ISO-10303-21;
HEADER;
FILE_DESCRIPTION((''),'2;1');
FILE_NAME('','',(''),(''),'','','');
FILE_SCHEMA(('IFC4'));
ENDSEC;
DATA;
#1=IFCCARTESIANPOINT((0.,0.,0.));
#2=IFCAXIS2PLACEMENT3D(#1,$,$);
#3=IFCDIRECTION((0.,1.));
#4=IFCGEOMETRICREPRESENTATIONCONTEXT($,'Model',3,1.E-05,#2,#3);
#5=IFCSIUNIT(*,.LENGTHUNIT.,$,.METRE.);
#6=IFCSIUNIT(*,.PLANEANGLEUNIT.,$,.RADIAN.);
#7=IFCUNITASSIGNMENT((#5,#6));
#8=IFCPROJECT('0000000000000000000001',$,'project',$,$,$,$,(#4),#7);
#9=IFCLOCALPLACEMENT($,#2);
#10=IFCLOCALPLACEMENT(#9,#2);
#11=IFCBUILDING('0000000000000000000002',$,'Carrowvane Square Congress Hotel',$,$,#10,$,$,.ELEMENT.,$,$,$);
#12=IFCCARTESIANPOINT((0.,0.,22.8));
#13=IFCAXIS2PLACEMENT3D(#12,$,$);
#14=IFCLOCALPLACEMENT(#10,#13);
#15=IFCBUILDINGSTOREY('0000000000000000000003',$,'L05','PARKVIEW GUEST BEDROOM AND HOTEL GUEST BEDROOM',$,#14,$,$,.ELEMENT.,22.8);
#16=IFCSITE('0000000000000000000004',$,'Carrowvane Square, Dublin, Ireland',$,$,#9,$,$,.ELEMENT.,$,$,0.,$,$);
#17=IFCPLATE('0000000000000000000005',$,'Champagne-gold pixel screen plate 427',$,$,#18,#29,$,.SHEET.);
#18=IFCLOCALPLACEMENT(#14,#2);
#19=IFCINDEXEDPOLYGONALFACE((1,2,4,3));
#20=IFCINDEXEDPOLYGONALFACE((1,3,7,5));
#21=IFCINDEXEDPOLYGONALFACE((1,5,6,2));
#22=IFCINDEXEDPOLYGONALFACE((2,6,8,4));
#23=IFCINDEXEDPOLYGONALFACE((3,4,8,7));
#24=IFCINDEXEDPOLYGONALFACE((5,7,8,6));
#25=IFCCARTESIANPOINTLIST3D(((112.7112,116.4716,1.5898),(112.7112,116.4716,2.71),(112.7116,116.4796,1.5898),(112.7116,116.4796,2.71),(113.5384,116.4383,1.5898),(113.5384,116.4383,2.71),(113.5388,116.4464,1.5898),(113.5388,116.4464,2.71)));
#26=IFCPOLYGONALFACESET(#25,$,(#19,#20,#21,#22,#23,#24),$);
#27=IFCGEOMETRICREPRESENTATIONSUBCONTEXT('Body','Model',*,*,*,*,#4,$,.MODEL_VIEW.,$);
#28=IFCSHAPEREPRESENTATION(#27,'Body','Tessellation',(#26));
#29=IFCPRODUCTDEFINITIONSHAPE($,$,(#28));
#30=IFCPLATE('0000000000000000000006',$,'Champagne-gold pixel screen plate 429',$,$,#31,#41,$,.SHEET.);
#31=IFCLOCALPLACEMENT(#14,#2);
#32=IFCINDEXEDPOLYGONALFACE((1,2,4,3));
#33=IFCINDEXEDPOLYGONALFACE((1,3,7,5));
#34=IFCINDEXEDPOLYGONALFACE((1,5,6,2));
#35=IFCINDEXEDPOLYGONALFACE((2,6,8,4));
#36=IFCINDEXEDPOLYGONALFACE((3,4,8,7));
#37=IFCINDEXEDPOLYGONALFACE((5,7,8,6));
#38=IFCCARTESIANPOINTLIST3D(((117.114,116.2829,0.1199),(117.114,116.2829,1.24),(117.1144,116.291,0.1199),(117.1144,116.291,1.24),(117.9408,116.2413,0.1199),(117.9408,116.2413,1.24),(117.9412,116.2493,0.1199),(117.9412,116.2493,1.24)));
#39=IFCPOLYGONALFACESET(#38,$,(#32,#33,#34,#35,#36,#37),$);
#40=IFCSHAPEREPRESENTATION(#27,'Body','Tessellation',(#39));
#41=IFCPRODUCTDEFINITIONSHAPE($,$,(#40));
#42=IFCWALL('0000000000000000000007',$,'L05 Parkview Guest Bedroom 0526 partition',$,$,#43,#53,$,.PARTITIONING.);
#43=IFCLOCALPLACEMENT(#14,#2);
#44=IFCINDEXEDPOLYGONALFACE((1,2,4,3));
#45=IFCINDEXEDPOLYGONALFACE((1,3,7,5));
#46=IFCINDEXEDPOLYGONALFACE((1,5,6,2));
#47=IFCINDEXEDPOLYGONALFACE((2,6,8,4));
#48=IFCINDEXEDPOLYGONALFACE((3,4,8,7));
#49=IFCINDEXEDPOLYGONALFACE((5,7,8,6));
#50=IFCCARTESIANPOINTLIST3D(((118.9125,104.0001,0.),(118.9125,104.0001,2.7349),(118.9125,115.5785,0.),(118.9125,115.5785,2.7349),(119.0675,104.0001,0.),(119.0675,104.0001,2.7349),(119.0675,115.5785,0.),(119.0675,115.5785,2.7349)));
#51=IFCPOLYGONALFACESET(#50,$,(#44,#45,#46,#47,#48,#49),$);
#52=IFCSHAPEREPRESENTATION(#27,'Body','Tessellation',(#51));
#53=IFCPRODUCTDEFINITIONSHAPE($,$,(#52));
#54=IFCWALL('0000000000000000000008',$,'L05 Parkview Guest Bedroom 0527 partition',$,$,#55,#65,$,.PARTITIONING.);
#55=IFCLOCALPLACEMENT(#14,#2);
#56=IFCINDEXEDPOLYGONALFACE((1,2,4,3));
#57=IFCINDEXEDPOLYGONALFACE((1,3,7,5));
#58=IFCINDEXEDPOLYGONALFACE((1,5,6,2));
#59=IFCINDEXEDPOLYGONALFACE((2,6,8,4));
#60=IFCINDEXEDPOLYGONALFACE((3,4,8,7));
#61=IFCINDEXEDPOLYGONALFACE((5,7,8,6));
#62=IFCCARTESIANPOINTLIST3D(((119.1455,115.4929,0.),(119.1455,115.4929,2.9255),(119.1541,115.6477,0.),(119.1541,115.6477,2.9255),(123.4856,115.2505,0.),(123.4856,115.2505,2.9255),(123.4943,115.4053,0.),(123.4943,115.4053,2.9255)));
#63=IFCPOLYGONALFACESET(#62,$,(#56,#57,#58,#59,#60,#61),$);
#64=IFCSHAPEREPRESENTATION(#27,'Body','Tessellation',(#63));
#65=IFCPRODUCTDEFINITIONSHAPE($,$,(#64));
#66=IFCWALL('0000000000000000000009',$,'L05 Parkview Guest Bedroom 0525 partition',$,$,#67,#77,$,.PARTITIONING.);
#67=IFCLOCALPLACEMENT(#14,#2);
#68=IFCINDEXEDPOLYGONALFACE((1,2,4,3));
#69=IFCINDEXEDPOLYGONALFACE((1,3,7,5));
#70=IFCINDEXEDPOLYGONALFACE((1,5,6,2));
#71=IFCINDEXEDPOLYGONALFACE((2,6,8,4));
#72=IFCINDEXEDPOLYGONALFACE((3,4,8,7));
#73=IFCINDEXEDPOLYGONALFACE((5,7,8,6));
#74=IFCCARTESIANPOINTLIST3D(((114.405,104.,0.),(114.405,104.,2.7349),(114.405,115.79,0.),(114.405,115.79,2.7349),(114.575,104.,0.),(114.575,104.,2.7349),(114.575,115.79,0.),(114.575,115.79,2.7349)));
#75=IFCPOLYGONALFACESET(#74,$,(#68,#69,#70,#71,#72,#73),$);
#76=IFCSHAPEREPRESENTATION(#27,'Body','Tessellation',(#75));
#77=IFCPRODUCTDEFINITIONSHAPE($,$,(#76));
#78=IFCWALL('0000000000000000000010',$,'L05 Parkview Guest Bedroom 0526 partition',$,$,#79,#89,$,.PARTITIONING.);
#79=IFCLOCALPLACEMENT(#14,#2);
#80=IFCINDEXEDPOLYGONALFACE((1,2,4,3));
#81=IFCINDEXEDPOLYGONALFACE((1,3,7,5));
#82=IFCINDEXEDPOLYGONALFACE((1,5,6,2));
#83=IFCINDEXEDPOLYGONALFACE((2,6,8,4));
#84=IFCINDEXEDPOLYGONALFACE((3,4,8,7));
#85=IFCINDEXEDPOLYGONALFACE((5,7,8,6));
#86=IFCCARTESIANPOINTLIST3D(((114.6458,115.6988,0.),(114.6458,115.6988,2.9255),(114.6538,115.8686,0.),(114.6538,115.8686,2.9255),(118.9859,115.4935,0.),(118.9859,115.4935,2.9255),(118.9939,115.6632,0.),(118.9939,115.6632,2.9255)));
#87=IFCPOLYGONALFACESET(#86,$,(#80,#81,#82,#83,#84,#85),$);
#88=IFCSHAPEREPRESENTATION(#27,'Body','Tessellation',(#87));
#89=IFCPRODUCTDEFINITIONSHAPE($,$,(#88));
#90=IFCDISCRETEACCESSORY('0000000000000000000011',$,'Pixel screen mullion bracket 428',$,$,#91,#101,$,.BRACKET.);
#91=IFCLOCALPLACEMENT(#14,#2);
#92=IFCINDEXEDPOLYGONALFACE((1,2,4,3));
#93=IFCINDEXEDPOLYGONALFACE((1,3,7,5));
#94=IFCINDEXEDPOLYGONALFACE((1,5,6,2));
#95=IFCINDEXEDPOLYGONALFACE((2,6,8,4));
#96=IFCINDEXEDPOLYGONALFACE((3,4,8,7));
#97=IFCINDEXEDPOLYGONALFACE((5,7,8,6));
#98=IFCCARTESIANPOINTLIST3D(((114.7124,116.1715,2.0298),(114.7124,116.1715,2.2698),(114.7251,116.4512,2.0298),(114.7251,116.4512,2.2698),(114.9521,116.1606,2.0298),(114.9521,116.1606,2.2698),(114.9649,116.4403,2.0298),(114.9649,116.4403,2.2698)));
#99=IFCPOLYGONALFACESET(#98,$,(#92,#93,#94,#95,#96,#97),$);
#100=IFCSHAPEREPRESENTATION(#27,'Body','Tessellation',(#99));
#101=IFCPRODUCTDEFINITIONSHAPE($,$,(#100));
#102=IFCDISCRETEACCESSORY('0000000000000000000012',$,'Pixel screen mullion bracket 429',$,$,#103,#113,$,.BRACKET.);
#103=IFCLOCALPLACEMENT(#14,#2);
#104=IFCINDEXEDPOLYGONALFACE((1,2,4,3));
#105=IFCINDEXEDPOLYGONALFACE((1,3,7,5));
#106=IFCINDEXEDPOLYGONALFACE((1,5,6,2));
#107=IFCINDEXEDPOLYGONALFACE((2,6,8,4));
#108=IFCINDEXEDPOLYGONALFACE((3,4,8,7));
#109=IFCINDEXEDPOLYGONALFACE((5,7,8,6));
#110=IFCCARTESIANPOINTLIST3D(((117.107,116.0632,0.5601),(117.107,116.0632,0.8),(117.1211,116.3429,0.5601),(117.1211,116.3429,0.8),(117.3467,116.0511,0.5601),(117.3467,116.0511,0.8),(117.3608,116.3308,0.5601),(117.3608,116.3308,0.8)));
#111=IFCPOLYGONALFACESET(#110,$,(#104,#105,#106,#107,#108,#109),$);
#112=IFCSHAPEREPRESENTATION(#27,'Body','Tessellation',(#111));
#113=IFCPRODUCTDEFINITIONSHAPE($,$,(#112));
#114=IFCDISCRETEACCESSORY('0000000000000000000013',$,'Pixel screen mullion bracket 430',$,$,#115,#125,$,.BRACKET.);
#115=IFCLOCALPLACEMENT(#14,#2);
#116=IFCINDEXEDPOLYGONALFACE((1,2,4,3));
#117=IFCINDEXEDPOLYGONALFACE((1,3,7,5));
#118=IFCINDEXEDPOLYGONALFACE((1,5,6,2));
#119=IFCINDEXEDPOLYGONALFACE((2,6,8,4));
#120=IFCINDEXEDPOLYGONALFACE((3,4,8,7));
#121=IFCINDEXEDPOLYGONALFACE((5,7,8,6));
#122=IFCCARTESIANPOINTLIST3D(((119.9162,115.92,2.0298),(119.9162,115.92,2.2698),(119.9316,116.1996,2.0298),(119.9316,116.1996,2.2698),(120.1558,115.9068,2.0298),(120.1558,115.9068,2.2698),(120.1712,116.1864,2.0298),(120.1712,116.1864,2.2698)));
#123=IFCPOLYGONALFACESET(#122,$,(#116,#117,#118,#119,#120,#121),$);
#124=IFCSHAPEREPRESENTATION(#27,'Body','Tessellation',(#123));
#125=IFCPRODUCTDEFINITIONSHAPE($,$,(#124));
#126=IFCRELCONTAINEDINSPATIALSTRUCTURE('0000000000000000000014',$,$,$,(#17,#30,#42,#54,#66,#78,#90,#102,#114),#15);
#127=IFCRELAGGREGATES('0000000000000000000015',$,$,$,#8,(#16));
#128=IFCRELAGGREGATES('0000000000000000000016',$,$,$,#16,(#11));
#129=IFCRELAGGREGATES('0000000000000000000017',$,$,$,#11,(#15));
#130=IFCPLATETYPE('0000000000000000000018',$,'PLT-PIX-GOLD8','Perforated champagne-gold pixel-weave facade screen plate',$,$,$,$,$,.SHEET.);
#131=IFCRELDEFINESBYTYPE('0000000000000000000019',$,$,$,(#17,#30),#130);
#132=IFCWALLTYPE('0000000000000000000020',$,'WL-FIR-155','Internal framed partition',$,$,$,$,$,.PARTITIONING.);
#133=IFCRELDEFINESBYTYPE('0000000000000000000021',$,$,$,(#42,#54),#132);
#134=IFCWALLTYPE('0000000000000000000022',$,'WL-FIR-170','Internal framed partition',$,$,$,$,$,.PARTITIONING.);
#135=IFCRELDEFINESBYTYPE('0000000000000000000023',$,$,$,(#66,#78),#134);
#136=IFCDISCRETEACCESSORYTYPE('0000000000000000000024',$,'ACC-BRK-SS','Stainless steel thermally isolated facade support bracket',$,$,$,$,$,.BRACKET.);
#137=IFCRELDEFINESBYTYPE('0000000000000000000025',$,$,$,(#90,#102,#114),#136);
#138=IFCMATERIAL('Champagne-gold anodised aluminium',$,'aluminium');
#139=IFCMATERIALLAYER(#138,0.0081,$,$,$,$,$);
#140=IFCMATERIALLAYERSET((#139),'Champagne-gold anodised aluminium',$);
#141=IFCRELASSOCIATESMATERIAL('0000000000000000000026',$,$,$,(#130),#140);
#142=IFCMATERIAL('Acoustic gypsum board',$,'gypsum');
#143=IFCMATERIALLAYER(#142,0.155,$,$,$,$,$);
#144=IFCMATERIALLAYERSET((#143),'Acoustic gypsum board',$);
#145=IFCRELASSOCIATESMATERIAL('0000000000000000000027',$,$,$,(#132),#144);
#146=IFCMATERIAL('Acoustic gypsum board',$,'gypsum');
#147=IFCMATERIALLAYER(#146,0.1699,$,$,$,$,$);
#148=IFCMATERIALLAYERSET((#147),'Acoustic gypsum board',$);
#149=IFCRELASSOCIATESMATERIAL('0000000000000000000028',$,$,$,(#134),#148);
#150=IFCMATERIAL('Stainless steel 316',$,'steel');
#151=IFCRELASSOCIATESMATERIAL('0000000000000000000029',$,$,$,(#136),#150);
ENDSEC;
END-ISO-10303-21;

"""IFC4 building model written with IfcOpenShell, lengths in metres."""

from ifc_helpers import new_model, si_unit, direction, frame, frame_2d, origin, origin_2d, place, context, subcontext, project, spatial, rectangle, extrude, material, layer, layer_set, type_object, element, save


model = new_model("IFC4")

# Units and contexts
model_context = context("Model", 3, precision=1e-05, world=origin(), true_north=direction((0.0, 1.0)))
body_context = subcontext(model_context, "Body", "Model", "MODEL_VIEW")
ifc_project = project(units=[si_unit("LENGTHUNIT", "METRE"), si_unit("PLANEANGLEUNIT", "RADIAN")], contexts=[model_context])

# Site, building, storey
site_placement = place(None, origin())
site = spatial("IfcSite", under=ifc_project, at=site_placement, Name="Carrowvane Square, Dublin, Ireland", CompositionType="ELEMENT", RefElevation=0.0)
building_placement = place(site_placement, origin())
building = spatial("IfcBuilding", under=site, at=building_placement, Name="Carrowvane Square Congress Hotel", CompositionType="ELEMENT")
storey_placement = place(building_placement, frame((0.0, 0.0, 22.8)))
storey = spatial("IfcBuildingStorey", under=building, at=storey_placement, Name="L05", Description="PARKVIEW GUEST BEDROOM AND HOTEL GUEST BEDROOM", CompositionType="ELEMENT", Elevation=22.8)

# Plates
ifc_material_1 = material(Name="Champagne-gold anodised aluminium", Category="aluminium")
ifc_layer_1 = layer(ifc_material_1, 0.0081)
ifc_layer_set_1 = layer_set([ifc_layer_1], Name="Champagne-gold anodised aluminium")
plate_type_1 = type_object("IfcPlateType", Name="PLT-PIX-GOLD8", Description="Perforated champagne-gold pixel-weave facade screen plate", PredefinedType="SHEET", material=ifc_layer_set_1)
for number, where, z_axis, x_axis, name in (
    (1, (113.125, 116.459, 1.5898), (0.0, 0.0, 1.0), (0.999194, -0.040134, 0.0), "Champagne-gold pixel screen plate 427"),
    (2, (117.5276, 116.2661, 0.1199), (0.0, 0.0, 1.0), (0.998733, -0.050322, 0.0), "Champagne-gold pixel screen plate 429"),
):
    element("IfcPlate", number, at=place(storey_placement, frame(where, z_axis=z_axis, x_axis=x_axis)), inside=storey, type_object=plate_type_1, Name=name, PredefinedType="SHEET", context=body_context, shape_type="SweptSolid", body=[
        extrude(rectangle(XDim=0.8279, YDim=0.0081, at=origin_2d()), origin(), (0.0, 0.0, 1.0), 1.1201),
    ])

# Walls
ifc_material_2 = material(Name="Acoustic gypsum board", Category="gypsum")
ifc_layer_2 = layer(ifc_material_2, 0.155)
ifc_layer_set_2 = layer_set([ifc_layer_2], Name="Acoustic gypsum board")
wall_type_1 = type_object("IfcWallType", Name="WL-FIR-155", Description="Internal framed partition", PredefinedType="PARTITIONING", material=ifc_layer_set_2)
wall_1_placement = place(storey_placement, frame((118.99, 115.5784, 0.0), z_axis=(0.0, 0.0, 1.0), x_axis=(0.0, -1.0, 0.0)))
element("IfcWall", 3, at=wall_1_placement, inside=storey, type_object=wall_type_1, Name="L05 Parkview Guest Bedroom 0526 partition", PredefinedType="PARTITIONING", context=body_context, shape_type="SweptSolid", body=[
    extrude(rectangle(XDim=11.5784, YDim=0.155, at=frame_2d((5.7891, 0.0))), origin(), (0.0, 0.0, 1.0), 2.7349),
])
wall_2_placement = place(storey_placement, frame((119.1499, 115.5703, 0.0), z_axis=(0.0, 0.0, 1.0), x_axis=(0.998444, -0.055772, 0.0)))
element("IfcWall", 4, at=wall_2_placement, inside=storey, type_object=wall_type_1, Name="L05 Parkview Guest Bedroom 0527 partition", PredefinedType="PARTITIONING", context=body_context, shape_type="SweptSolid", body=[
    extrude(rectangle(XDim=4.3469, YDim=0.155, at=frame_2d((2.1733, 0.0))), origin(), (0.0, 0.0, 1.0), 2.9255),
])
ifc_material_3 = material(Name="Acoustic gypsum board", Category="gypsum")
ifc_layer_3 = layer(ifc_material_3, 0.1699)
ifc_layer_set_3 = layer_set([ifc_layer_3], Name="Acoustic gypsum board")
wall_type_2 = type_object("IfcWallType", Name="WL-FIR-170", Description="Internal framed partition", PredefinedType="PARTITIONING", material=ifc_layer_set_3)
wall_3_placement = place(storey_placement, frame((114.49, 115.79, 0.0), z_axis=(0.0, 0.0, 1.0), x_axis=(0.0, -1.0, 0.0)))
element("IfcWall", 5, at=wall_3_placement, inside=storey, type_object=wall_type_2, Name="L05 Parkview Guest Bedroom 0525 partition", PredefinedType="PARTITIONING", context=body_context, shape_type="SweptSolid", body=[
    extrude(rectangle(XDim=11.79, YDim=0.1699, at=frame_2d((5.895, 0.0))), origin(), (0.0, 0.0, 1.0), 2.7349),
])
wall_4_placement = place(storey_placement, frame((114.6499, 115.7837, 0.0), z_axis=(0.0, 0.0, 1.0), x_axis=(0.998883, -0.047255, 0.0)))
element("IfcWall", 6, at=wall_4_placement, inside=storey, type_object=wall_type_2, Name="L05 Parkview Guest Bedroom 0526 partition", PredefinedType="PARTITIONING", context=body_context, shape_type="SweptSolid", body=[
    extrude(rectangle(XDim=4.345, YDim=0.1699, at=frame_2d((2.1724, 0.0))), origin(), (0.0, 0.0, 1.0), 2.9255),
])

# Discrete accessories
ifc_material_4 = material(Name="Stainless steel 316", Category="steel")
discrete_accessory_type = type_object("IfcDiscreteAccessoryType", Name="ACC-BRK-SS", Description="Stainless steel thermally isolated facade support bracket", PredefinedType="BRACKET", material=ifc_material_4)
for number, where, z_axis, x_axis, name in (
    (7, (114.8386, 116.3059, 2.0298), (0.0, 0.0, 1.0), (0.998968, -0.045414, 0.0), "Pixel screen mullion bracket 428"),
    (8, (117.2339, 116.197, 0.5601), (0.0, 0.0, 1.0), (0.998733, -0.050322, 0.0), "Pixel screen mullion bracket 429"),
    (9, (120.0437, 116.0532, 2.0298), (0.0, 0.0, 1.0), (0.998497, -0.054815, 0.0), "Pixel screen mullion bracket 430"),
):
    element("IfcDiscreteAccessory", number, at=place(storey_placement, frame(where, z_axis=z_axis, x_axis=x_axis)), inside=storey, type_object=discrete_accessory_type, Name=name, PredefinedType="BRACKET", context=body_context, shape_type="SweptSolid", body=[
        extrude(rectangle(XDim=0.24, YDim=0.28, at=origin_2d()), origin(), (0.0, 0.0, 1.0), 0.24),
    ])

save(model, "model.ifc")
